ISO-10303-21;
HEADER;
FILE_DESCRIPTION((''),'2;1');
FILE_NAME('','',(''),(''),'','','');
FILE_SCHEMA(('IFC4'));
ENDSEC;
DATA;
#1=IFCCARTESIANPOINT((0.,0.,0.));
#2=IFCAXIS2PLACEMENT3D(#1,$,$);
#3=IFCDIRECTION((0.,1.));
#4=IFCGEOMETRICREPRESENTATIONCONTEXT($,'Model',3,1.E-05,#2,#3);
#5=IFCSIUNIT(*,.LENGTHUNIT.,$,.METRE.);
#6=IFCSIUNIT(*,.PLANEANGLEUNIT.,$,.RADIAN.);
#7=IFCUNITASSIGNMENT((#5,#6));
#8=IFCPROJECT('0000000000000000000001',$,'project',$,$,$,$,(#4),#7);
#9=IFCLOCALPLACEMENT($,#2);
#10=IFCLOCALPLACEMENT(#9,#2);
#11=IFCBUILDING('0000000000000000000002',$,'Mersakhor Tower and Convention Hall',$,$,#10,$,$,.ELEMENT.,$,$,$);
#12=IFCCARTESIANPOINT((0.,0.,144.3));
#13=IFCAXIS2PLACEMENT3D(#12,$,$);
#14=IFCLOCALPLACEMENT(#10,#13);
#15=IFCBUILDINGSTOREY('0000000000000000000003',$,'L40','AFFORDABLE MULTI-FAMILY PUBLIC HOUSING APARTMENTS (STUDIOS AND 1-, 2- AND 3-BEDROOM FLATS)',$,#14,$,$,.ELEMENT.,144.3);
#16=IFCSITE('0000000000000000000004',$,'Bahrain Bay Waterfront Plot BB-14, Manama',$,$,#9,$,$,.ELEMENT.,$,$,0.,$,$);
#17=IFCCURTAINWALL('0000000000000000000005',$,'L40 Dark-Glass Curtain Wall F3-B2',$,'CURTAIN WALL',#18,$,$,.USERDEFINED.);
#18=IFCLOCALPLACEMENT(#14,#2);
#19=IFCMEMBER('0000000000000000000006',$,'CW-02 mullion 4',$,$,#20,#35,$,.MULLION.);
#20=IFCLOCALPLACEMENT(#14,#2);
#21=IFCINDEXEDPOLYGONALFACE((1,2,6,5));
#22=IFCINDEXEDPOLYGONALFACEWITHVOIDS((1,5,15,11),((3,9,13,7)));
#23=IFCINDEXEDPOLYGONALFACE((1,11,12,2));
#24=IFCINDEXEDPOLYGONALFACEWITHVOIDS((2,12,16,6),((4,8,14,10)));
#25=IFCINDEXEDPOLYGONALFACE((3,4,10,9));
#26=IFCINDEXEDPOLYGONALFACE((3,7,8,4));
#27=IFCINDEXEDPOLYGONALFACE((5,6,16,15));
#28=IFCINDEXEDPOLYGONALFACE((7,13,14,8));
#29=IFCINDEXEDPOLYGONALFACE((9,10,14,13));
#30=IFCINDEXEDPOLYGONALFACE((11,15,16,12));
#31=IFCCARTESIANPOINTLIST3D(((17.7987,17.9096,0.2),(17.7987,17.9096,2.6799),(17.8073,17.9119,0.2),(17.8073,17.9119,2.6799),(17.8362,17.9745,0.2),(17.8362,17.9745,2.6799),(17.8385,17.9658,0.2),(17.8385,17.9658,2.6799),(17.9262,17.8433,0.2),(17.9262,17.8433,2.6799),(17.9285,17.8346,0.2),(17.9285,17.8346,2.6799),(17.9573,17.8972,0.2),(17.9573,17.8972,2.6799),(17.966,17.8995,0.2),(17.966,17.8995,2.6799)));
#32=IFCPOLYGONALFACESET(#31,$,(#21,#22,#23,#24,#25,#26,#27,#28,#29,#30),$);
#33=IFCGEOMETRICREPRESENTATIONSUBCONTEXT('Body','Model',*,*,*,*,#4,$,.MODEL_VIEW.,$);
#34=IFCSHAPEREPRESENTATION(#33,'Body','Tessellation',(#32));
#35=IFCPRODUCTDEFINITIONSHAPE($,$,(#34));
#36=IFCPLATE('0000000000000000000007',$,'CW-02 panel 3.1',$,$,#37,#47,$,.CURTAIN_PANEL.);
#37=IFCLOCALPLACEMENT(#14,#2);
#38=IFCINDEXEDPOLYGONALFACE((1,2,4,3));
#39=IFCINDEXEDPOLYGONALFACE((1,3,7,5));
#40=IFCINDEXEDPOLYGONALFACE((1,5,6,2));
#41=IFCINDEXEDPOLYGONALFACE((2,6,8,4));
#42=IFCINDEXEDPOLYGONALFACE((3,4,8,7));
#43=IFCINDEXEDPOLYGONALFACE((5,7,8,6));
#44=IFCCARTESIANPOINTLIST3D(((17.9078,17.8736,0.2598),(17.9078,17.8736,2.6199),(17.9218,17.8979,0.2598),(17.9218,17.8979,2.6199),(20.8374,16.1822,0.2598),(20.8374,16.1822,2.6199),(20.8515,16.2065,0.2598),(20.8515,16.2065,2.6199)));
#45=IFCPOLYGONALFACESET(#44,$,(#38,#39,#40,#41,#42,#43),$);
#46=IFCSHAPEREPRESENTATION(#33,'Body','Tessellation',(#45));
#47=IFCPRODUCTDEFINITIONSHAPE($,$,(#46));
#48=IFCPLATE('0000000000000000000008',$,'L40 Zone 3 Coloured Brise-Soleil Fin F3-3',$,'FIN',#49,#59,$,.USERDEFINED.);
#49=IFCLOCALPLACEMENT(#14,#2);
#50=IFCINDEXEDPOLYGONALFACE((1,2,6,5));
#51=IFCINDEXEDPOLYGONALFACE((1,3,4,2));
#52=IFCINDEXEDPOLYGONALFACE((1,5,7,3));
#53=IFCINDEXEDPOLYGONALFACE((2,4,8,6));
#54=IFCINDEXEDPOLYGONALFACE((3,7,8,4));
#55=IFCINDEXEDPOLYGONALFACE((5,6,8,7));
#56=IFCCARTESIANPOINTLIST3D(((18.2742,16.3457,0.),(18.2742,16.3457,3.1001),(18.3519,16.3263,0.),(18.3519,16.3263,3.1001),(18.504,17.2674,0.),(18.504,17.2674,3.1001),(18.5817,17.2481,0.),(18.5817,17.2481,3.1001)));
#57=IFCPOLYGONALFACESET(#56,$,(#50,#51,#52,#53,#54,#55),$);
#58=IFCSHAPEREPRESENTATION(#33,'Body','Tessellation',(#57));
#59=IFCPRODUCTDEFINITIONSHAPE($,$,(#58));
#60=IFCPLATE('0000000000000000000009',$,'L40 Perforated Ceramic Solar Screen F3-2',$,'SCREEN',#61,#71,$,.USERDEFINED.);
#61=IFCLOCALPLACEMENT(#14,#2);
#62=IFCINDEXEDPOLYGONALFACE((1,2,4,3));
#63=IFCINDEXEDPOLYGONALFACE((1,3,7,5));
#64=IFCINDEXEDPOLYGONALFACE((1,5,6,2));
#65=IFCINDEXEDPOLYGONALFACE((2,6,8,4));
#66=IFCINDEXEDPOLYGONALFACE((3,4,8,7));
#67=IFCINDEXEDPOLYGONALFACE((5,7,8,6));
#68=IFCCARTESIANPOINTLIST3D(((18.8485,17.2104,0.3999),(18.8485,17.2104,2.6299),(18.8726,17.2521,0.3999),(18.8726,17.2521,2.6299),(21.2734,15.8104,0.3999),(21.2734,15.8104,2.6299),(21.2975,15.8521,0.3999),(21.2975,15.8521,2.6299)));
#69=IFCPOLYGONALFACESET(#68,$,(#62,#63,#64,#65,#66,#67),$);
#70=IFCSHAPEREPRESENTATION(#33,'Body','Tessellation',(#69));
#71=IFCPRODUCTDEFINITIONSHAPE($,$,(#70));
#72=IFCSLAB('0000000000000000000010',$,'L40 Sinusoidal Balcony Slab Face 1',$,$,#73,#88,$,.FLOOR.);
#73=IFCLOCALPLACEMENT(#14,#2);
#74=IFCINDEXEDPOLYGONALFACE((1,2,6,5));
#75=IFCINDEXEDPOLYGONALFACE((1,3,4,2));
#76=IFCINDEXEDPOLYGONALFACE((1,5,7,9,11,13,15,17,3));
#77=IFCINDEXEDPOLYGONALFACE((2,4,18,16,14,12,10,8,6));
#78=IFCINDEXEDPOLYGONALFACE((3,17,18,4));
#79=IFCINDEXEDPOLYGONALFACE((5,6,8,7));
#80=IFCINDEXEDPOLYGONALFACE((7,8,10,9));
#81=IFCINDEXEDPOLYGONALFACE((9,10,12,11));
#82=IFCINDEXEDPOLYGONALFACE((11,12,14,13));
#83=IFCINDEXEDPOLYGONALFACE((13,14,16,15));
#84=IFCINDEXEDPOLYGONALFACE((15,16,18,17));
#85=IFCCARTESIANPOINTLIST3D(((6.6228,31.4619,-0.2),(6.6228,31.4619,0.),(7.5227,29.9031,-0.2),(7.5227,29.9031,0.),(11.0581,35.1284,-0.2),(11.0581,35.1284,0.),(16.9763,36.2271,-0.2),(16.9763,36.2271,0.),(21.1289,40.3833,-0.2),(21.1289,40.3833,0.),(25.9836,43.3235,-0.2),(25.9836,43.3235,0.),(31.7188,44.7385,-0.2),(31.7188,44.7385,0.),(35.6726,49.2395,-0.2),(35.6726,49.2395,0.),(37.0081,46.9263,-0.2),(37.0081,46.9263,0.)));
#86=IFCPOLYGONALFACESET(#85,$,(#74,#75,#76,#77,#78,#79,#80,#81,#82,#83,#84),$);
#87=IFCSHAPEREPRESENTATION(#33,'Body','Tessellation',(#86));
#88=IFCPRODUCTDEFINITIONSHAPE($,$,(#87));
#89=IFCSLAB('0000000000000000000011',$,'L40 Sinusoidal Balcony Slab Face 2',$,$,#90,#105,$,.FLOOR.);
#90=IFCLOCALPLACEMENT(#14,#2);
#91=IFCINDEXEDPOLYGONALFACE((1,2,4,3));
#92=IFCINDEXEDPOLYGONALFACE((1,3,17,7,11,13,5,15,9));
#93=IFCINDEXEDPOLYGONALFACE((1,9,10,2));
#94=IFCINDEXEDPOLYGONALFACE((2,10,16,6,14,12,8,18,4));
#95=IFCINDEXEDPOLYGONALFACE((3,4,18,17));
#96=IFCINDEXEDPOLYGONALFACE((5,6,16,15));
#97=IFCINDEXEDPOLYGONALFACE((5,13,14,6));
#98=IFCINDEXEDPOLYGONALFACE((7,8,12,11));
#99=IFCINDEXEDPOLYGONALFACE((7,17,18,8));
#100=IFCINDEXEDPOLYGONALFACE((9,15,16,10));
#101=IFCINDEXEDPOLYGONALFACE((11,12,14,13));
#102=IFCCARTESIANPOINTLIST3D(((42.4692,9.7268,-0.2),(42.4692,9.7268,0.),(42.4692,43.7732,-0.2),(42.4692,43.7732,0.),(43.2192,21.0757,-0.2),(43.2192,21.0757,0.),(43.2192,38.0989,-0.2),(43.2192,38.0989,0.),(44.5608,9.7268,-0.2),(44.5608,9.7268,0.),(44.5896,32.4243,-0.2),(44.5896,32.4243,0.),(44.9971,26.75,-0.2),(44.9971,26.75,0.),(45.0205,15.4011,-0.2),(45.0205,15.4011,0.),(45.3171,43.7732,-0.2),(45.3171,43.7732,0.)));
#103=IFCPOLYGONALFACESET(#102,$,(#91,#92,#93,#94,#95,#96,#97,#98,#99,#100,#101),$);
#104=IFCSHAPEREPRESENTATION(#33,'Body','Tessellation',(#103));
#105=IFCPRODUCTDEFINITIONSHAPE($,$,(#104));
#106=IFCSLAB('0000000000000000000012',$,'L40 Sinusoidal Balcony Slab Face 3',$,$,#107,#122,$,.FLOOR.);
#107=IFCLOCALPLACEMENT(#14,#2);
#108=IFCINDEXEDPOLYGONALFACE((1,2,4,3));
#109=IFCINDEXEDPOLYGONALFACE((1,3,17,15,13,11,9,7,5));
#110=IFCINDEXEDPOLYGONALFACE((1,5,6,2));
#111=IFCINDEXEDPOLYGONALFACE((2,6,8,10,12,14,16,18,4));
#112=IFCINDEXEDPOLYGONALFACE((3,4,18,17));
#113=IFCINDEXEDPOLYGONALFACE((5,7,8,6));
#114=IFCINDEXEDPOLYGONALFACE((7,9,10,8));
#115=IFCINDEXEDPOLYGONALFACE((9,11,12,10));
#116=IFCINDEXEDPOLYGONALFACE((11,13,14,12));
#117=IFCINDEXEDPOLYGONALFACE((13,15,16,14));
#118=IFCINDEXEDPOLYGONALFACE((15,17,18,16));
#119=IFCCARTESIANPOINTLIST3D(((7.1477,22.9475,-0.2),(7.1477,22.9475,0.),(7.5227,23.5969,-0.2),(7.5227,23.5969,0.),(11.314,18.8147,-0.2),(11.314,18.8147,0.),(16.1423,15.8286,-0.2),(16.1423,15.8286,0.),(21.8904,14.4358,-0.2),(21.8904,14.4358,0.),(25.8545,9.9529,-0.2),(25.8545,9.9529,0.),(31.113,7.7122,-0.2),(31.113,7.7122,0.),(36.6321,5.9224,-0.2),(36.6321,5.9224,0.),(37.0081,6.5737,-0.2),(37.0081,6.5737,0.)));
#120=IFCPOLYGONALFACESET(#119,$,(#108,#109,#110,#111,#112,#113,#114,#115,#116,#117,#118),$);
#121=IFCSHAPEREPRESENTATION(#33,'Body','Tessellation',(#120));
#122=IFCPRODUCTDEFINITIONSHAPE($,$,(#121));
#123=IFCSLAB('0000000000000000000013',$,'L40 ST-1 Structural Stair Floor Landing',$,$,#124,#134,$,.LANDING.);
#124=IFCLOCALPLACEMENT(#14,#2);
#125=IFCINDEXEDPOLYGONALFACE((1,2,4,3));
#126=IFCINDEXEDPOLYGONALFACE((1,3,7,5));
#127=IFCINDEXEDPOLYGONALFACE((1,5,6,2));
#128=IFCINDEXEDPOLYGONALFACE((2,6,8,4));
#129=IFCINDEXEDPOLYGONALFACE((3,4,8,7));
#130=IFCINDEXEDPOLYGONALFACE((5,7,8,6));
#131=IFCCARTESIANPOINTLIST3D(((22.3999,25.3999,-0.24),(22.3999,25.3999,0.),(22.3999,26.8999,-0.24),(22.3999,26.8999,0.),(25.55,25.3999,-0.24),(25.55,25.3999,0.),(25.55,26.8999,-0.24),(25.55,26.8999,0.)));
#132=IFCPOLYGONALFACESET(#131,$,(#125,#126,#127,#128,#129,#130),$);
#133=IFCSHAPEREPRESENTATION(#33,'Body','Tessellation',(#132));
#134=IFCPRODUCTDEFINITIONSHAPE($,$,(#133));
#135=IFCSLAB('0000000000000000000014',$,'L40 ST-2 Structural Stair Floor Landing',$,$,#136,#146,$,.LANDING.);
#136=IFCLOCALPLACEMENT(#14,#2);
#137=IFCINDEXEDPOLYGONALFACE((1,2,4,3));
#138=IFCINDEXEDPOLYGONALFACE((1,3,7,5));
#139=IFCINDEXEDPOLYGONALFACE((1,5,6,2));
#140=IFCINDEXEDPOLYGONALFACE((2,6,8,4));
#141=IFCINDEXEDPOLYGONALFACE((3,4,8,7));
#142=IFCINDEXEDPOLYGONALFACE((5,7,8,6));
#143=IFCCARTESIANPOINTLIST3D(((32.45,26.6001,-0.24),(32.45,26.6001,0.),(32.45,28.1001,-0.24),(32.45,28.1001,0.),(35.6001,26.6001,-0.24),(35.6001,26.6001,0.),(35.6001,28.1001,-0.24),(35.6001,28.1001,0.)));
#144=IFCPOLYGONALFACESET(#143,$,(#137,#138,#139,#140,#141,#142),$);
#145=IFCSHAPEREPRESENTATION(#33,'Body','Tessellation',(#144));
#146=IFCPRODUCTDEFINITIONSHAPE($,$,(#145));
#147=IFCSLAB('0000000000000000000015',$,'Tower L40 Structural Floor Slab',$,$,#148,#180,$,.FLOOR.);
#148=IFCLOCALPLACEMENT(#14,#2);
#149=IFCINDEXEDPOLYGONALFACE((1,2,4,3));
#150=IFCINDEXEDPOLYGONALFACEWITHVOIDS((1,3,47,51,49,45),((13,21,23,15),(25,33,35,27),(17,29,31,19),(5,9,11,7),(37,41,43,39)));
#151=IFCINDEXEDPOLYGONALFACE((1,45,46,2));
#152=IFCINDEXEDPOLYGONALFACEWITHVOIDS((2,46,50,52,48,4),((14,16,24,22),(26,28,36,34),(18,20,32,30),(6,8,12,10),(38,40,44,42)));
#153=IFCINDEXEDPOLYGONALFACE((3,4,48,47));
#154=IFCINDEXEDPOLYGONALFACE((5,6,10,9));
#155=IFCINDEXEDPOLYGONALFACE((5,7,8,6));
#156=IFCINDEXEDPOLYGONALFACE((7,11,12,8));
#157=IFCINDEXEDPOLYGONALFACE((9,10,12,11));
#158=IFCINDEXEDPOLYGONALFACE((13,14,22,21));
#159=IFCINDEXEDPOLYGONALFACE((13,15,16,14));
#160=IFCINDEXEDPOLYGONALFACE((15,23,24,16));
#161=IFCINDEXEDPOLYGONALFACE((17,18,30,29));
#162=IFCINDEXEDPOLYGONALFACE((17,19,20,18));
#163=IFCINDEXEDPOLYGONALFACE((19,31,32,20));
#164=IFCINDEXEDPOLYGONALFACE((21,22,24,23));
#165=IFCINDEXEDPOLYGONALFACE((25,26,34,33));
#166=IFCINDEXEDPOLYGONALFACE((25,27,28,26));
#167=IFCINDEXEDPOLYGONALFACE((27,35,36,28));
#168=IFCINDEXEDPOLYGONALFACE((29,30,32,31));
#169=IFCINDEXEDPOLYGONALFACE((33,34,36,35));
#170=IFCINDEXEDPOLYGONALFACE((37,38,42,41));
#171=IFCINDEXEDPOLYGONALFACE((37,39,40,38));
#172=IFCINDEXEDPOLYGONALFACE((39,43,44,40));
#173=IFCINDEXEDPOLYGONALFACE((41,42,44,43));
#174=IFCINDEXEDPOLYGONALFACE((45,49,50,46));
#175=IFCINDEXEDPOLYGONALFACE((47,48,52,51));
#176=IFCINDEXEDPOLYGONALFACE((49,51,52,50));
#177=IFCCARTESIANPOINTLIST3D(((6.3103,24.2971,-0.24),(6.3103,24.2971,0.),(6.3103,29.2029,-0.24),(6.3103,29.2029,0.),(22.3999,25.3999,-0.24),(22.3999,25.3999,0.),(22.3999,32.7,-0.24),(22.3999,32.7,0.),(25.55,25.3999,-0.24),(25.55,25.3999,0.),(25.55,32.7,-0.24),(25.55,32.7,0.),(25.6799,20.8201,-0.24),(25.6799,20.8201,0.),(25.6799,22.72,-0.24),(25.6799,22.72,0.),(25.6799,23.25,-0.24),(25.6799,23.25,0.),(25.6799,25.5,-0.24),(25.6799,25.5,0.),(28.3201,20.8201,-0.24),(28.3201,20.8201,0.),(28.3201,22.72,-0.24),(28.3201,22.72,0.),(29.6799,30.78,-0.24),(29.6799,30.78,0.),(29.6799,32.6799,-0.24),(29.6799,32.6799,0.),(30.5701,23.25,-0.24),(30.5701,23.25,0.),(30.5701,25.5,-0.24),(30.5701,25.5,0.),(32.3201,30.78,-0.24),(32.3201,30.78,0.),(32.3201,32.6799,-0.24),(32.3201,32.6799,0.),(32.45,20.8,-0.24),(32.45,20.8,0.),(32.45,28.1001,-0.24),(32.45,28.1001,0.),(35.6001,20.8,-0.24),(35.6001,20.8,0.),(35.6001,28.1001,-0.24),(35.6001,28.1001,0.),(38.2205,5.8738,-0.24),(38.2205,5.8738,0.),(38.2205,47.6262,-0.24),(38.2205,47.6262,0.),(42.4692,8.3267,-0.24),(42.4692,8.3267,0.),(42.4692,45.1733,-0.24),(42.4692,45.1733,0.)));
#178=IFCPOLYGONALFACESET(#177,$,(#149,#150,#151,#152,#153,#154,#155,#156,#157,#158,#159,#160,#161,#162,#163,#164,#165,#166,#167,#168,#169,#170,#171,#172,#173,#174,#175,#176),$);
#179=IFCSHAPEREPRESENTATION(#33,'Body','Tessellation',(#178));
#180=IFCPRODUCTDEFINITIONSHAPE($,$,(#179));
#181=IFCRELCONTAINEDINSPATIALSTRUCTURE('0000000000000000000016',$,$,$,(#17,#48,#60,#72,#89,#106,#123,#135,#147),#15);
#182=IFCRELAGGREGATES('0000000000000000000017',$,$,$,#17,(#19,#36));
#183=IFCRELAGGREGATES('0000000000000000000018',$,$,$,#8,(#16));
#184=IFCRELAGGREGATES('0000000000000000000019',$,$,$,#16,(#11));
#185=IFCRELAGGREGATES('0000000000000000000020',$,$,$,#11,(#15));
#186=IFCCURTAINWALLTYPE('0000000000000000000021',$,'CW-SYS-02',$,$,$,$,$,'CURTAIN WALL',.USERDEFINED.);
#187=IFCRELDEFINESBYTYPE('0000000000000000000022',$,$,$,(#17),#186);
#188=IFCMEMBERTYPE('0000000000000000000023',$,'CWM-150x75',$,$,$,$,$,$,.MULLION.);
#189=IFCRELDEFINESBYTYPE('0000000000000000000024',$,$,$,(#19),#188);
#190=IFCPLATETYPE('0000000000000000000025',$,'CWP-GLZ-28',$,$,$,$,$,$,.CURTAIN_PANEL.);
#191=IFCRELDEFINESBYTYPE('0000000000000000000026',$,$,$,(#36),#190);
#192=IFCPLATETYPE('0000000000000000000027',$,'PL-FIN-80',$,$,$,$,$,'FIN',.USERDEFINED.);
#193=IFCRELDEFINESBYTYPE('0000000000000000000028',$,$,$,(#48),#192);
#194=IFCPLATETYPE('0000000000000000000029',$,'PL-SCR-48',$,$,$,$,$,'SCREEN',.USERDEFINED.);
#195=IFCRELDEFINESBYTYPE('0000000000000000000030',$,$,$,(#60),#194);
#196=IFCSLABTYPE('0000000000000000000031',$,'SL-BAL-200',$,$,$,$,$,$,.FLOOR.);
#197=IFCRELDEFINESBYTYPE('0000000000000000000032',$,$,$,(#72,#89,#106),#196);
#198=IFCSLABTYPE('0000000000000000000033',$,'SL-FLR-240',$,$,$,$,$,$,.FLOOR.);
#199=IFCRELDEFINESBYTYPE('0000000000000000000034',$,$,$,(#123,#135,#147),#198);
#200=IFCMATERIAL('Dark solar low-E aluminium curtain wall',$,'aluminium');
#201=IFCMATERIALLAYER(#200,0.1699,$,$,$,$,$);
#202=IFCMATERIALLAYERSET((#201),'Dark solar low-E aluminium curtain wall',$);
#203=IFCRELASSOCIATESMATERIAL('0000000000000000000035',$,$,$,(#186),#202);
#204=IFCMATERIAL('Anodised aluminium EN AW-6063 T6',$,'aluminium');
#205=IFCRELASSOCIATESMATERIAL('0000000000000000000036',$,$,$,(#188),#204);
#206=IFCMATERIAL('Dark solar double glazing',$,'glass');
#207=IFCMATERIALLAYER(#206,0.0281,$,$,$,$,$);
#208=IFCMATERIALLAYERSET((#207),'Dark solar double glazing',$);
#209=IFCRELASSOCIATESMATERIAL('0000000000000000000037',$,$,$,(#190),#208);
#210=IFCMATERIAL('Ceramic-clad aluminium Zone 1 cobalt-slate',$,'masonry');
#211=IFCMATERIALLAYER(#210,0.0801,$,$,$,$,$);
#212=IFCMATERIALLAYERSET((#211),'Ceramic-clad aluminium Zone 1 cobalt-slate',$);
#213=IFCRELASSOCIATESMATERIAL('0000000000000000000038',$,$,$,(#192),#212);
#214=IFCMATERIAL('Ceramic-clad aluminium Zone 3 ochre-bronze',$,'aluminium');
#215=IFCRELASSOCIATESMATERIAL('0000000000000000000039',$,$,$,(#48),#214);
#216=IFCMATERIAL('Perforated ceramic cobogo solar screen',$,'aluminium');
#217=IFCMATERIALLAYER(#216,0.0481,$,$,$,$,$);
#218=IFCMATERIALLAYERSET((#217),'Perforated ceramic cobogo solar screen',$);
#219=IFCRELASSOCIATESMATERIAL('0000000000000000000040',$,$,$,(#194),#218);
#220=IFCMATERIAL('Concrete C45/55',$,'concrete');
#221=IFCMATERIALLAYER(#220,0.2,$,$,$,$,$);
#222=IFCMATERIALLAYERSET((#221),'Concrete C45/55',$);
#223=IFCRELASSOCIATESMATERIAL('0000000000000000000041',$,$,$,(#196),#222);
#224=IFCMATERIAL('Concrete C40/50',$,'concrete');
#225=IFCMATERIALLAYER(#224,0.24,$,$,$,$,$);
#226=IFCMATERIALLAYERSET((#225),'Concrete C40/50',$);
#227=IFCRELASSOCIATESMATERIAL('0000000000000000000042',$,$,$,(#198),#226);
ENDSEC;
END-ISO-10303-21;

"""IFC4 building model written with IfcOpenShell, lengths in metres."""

from ifc_helpers import new_model, si_unit, direction, frame, origin, origin_2d, place, context, subcontext, project, spatial, polyline, rectangle, hollow_rectangle, outline, extrude, material, layer, layer_set, material_profile, profile_set, type_object, element, aggregate, save


model = new_model("IFC4")

# Units and contexts
model_context = context("Model", 3, precision=1e-05, world=origin(), true_north=direction((0.0, 1.0)))
body_context = subcontext(model_context, "Body", "Model", "MODEL_VIEW")
ifc_project = project(units=[si_unit("LENGTHUNIT", "METRE"), si_unit("PLANEANGLEUNIT", "RADIAN")], contexts=[model_context])

# Site, building, storey
site_placement = place(None, origin())
site = spatial("IfcSite", under=ifc_project, at=site_placement, Name="Bahrain Bay Waterfront Plot BB-14, Manama", CompositionType="ELEMENT", RefElevation=0.0)
building_placement = place(site_placement, origin())
building = spatial("IfcBuilding", under=site, at=building_placement, Name="Mersakhor Tower and Convention Hall", CompositionType="ELEMENT")
storey_placement = place(building_placement, frame((0.0, 0.0, 144.3)))
storey = spatial("IfcBuildingStorey", under=building, at=storey_placement, Name="L40", Description="AFFORDABLE MULTI-FAMILY PUBLIC HOUSING APARTMENTS (STUDIOS AND 1-, 2- AND 3-BEDROOM FLATS)", CompositionType="ELEMENT", Elevation=144.3)

# Curtain wall, member, plate
ifc_material_1 = material(Name="Dark solar low-E aluminium curtain wall", Category="aluminium")
ifc_layer_1 = layer(ifc_material_1, 0.1699)
ifc_layer_set_1 = layer_set([ifc_layer_1], Name="Dark solar low-E aluminium curtain wall")
curtain_wall_type = type_object("IfcCurtainWallType", Name="CW-SYS-02", ElementType="CURTAIN WALL", PredefinedType="USERDEFINED", material=ifc_layer_set_1)
curtain_wall_placement = place(storey_placement, origin())
curtain_wall = element("IfcCurtainWall", 1, at=curtain_wall_placement, inside=storey, type_object=curtain_wall_type, Name="L40 Dark-Glass Curtain Wall F3-B2", ObjectType="CURTAIN WALL", PredefinedType="USERDEFINED")
ifc_material_2 = material(Name="Anodised aluminium EN AW-6063 T6", Category="aluminium")
ifc_material_profile = material_profile(ifc_material_2, hollow_rectangle(XDim=0.075, YDim=0.1499, WallThickness=0.0063, at=origin_2d()), Name="RHS 150x75x6.3")
ifc_profile_set = profile_set([ifc_material_profile], Name="Anodised aluminium EN AW-6063 T6")
member_type = type_object("IfcMemberType", Name="CWM-150x75", PredefinedType="MULLION", material=ifc_profile_set)
member_placement = place(storey_placement, frame((17.8823, 17.9045, 0.2), z_axis=(0.0, 0.0, 1.0), x_axis=(-0.49999, -0.866031, 0.0)))
member = element("IfcMember", 2, at=member_placement, type_object=member_type, Name="CW-02 mullion 4", PredefinedType="MULLION", context=body_context, shape_type="SweptSolid", body=[
    extrude(hollow_rectangle(XDim=0.075, YDim=0.1499, WallThickness=0.0063, at=origin_2d()), origin(), (0.0, 0.0, 1.0), 2.48),
])
ifc_material_3 = material(Name="Dark solar double glazing", Category="glass")
ifc_layer_2 = layer(ifc_material_3, 0.0281)
ifc_layer_set_2 = layer_set([ifc_layer_2], Name="Dark solar double glazing")
plate_type_1 = type_object("IfcPlateType", Name="CWP-GLZ-28", PredefinedType="CURTAIN_PANEL", material=ifc_layer_set_2)
plate_1_placement = place(storey_placement, frame((19.3796, 17.04, 0.2598), z_axis=(0.0, 0.0, 1.0), x_axis=(-0.866031, 0.49999, 0.0)))
plate_1 = element("IfcPlate", 3, at=plate_1_placement, type_object=plate_type_1, Name="CW-02 panel 3.1", PredefinedType="CURTAIN_PANEL", context=body_context, shape_type="SweptSolid", body=[
    extrude(rectangle(XDim=3.3828, YDim=0.0281, at=origin_2d()), origin(), (0.0, 0.0, 1.0), 2.3601),
])
aggregate(curtain_wall, [member, plate_1])

# Plates
ifc_material_4 = material(Name="Ceramic-clad aluminium Zone 3 ochre-bronze", Category="aluminium")
ifc_material_5 = material(Name="Ceramic-clad aluminium Zone 1 cobalt-slate", Category="masonry")
ifc_layer_3 = layer(ifc_material_5, 0.0801)
ifc_layer_set_3 = layer_set([ifc_layer_3], Name="Ceramic-clad aluminium Zone 1 cobalt-slate")
plate_type_2 = type_object("IfcPlateType", Name="PL-FIN-80", ElementType="FIN", PredefinedType="USERDEFINED", material=ifc_layer_set_3)
plate_2_placement = place(storey_placement, frame((18.428, 16.7969, 0.0), z_axis=(0.0, 0.0, 1.0), x_axis=(-0.241922, -0.970296, 0.0)))
element("IfcPlate", 4, at=plate_2_placement, inside=storey, type_object=plate_type_2, material=ifc_material_4, Name="L40 Zone 3 Coloured Brise-Soleil Fin F3-3", ObjectType="FIN", PredefinedType="USERDEFINED", context=body_context, shape_type="SweptSolid", body=[
    extrude(rectangle(XDim=0.95, YDim=0.0801, at=origin_2d()), origin(), (0.0, 0.0, 1.0), 3.1001),
])
ifc_material_6 = material(Name="Perforated ceramic cobogo solar screen", Category="aluminium")
ifc_layer_4 = layer(ifc_material_6, 0.0481)
ifc_layer_set_4 = layer_set([ifc_layer_4], Name="Perforated ceramic cobogo solar screen")
plate_type_3 = type_object("IfcPlateType", Name="PL-SCR-48", ElementType="SCREEN", PredefinedType="USERDEFINED", material=ifc_layer_set_4)
plate_3_placement = place(storey_placement, frame((20.073, 16.5312, 0.3999), z_axis=(0.0, 0.0, 1.0), x_axis=(-0.866025, 0.5, 0.0)))
element("IfcPlate", 5, at=plate_3_placement, inside=storey, type_object=plate_type_3, Name="L40 Perforated Ceramic Solar Screen F3-2", ObjectType="SCREEN", PredefinedType="USERDEFINED", context=body_context, shape_type="SweptSolid", body=[
    extrude(rectangle(XDim=2.8, YDim=0.0481, at=origin_2d()), origin(), (0.0, 0.0, 1.0), 2.23),
])

# Slabs
ifc_material_7 = material(Name="Concrete C45/55", Category="concrete")
ifc_layer_5 = layer(ifc_material_7, 0.2)
ifc_layer_set_5 = layer_set([ifc_layer_5], Name="Concrete C45/55")
slab_type_1 = type_object("IfcSlabType", Name="SL-BAL-200", PredefinedType="FLOOR", material=ifc_layer_set_5)
slab_1_placement = place(storey_placement, frame((0.0, 0.0, -0.2)))
element("IfcSlab", 6, at=slab_1_placement, inside=storey, type_object=slab_type_1, Name="L40 Sinusoidal Balcony Slab Face 1", PredefinedType="FLOOR", context=body_context, shape_type="SweptSolid", body=[
    extrude(outline(polyline([(7.5227, 29.9031), (37.0081, 46.9263), (35.6726, 49.2395), (31.7188, 44.7385), (25.9836, 43.3235), (21.1289, 40.3833), (16.9763, 36.2271), (11.0581, 35.1284), (6.6228, 31.4619), (7.5227, 29.9031)])), origin(), (0.0, 0.0, 1.0), 0.2),
])
slab_2_placement = place(storey_placement, frame((0.0, 0.0, -0.2)))
element("IfcSlab", 7, at=slab_2_placement, inside=storey, type_object=slab_type_1, Name="L40 Sinusoidal Balcony Slab Face 2", PredefinedType="FLOOR", context=body_context, shape_type="SweptSolid", body=[
    extrude(outline(polyline([(42.4692, 43.7732), (42.4692, 9.7268), (44.5608, 9.7268), (45.0205, 15.4011), (43.2192, 21.0757), (44.9971, 26.75), (44.5896, 32.4243), (43.2192, 38.0989), (45.3171, 43.7732), (42.4692, 43.7732)])), origin(), (0.0, 0.0, 1.0), 0.2),
])
slab_3_placement = place(storey_placement, frame((0.0, 0.0, -0.2)))
element("IfcSlab", 8, at=slab_3_placement, inside=storey, type_object=slab_type_1, Name="L40 Sinusoidal Balcony Slab Face 3", PredefinedType="FLOOR", context=body_context, shape_type="SweptSolid", body=[
    extrude(outline(polyline([(37.0081, 6.5737), (7.5227, 23.5969), (7.1477, 22.9475), (11.314, 18.8147), (16.1423, 15.8286), (21.8904, 14.4358), (25.8545, 9.9529), (31.113, 7.7122), (36.6321, 5.9224), (37.0081, 6.5737)])), origin(), (0.0, 0.0, 1.0), 0.2),
])
ifc_material_8 = material(Name="Concrete C40/50", Category="concrete")
ifc_layer_6 = layer(ifc_material_8, 0.24)
ifc_layer_set_6 = layer_set([ifc_layer_6], Name="Concrete C40/50")
slab_type_2 = type_object("IfcSlabType", Name="SL-FLR-240", PredefinedType="FLOOR", material=ifc_layer_set_6)
slab_4_placement = place(storey_placement, frame((0.0, 0.0, -0.24)))
element("IfcSlab", 9, at=slab_4_placement, inside=storey, type_object=slab_type_2, Name="L40 ST-1 Structural Stair Floor Landing", PredefinedType="LANDING", context=body_context, shape_type="SweptSolid", body=[
    extrude(outline(polyline([(25.55, 25.3999), (25.55, 26.8999), (22.3999, 26.8999), (22.3999, 25.3999), (25.55, 25.3999)])), origin(), (0.0, 0.0, 1.0), 0.24),
])
slab_5_placement = place(storey_placement, frame((0.0, 0.0, -0.24)))
element("IfcSlab", 10, at=slab_5_placement, inside=storey, type_object=slab_type_2, Name="L40 ST-2 Structural Stair Floor Landing", PredefinedType="LANDING", context=body_context, shape_type="SweptSolid", body=[
    extrude(outline(polyline([(32.45, 28.1001), (32.45, 26.6001), (35.6001, 26.6001), (35.6001, 28.1001), (32.45, 28.1001)])), origin(), (0.0, 0.0, 1.0), 0.24),
])
slab_6_placement = place(storey_placement, frame((0.0, 0.0, -0.24)))
element("IfcSlab", 11, at=slab_6_placement, inside=storey, type_object=slab_type_2, Name="Tower L40 Structural Floor Slab", PredefinedType="FLOOR", context=body_context, shape_type="SweptSolid", body=[
    extrude(outline(polyline([(6.3103, 29.2029), (38.2205, 47.6262), (42.4692, 45.1733), (42.4692, 8.3267), (38.2205, 5.8738), (6.3103, 24.2971), (6.3103, 29.2029)]), holes=[polyline([(25.55, 25.3999), (25.55, 32.7), (22.3999, 32.7), (22.3999, 25.3999), (25.55, 25.3999)]), polyline([(32.45, 28.1001), (32.45, 20.8), (35.6001, 20.8), (35.6001, 28.1001), (32.45, 28.1001)]), polyline([(25.6799, 20.8201), (25.6799, 22.72), (28.3201, 22.72), (28.3201, 20.8201), (25.6799, 20.8201)]), polyline([(29.6799, 30.78), (29.6799, 32.6799), (32.3201, 32.6799), (32.3201, 30.78), (29.6799, 30.78)]), polyline([(25.6799, 23.25), (25.6799, 25.5), (30.5701, 25.5), (30.5701, 23.25), (25.6799, 23.25)])]), origin(), (0.0, 0.0, 1.0), 0.24),
])

save(model, "model.ifc")
